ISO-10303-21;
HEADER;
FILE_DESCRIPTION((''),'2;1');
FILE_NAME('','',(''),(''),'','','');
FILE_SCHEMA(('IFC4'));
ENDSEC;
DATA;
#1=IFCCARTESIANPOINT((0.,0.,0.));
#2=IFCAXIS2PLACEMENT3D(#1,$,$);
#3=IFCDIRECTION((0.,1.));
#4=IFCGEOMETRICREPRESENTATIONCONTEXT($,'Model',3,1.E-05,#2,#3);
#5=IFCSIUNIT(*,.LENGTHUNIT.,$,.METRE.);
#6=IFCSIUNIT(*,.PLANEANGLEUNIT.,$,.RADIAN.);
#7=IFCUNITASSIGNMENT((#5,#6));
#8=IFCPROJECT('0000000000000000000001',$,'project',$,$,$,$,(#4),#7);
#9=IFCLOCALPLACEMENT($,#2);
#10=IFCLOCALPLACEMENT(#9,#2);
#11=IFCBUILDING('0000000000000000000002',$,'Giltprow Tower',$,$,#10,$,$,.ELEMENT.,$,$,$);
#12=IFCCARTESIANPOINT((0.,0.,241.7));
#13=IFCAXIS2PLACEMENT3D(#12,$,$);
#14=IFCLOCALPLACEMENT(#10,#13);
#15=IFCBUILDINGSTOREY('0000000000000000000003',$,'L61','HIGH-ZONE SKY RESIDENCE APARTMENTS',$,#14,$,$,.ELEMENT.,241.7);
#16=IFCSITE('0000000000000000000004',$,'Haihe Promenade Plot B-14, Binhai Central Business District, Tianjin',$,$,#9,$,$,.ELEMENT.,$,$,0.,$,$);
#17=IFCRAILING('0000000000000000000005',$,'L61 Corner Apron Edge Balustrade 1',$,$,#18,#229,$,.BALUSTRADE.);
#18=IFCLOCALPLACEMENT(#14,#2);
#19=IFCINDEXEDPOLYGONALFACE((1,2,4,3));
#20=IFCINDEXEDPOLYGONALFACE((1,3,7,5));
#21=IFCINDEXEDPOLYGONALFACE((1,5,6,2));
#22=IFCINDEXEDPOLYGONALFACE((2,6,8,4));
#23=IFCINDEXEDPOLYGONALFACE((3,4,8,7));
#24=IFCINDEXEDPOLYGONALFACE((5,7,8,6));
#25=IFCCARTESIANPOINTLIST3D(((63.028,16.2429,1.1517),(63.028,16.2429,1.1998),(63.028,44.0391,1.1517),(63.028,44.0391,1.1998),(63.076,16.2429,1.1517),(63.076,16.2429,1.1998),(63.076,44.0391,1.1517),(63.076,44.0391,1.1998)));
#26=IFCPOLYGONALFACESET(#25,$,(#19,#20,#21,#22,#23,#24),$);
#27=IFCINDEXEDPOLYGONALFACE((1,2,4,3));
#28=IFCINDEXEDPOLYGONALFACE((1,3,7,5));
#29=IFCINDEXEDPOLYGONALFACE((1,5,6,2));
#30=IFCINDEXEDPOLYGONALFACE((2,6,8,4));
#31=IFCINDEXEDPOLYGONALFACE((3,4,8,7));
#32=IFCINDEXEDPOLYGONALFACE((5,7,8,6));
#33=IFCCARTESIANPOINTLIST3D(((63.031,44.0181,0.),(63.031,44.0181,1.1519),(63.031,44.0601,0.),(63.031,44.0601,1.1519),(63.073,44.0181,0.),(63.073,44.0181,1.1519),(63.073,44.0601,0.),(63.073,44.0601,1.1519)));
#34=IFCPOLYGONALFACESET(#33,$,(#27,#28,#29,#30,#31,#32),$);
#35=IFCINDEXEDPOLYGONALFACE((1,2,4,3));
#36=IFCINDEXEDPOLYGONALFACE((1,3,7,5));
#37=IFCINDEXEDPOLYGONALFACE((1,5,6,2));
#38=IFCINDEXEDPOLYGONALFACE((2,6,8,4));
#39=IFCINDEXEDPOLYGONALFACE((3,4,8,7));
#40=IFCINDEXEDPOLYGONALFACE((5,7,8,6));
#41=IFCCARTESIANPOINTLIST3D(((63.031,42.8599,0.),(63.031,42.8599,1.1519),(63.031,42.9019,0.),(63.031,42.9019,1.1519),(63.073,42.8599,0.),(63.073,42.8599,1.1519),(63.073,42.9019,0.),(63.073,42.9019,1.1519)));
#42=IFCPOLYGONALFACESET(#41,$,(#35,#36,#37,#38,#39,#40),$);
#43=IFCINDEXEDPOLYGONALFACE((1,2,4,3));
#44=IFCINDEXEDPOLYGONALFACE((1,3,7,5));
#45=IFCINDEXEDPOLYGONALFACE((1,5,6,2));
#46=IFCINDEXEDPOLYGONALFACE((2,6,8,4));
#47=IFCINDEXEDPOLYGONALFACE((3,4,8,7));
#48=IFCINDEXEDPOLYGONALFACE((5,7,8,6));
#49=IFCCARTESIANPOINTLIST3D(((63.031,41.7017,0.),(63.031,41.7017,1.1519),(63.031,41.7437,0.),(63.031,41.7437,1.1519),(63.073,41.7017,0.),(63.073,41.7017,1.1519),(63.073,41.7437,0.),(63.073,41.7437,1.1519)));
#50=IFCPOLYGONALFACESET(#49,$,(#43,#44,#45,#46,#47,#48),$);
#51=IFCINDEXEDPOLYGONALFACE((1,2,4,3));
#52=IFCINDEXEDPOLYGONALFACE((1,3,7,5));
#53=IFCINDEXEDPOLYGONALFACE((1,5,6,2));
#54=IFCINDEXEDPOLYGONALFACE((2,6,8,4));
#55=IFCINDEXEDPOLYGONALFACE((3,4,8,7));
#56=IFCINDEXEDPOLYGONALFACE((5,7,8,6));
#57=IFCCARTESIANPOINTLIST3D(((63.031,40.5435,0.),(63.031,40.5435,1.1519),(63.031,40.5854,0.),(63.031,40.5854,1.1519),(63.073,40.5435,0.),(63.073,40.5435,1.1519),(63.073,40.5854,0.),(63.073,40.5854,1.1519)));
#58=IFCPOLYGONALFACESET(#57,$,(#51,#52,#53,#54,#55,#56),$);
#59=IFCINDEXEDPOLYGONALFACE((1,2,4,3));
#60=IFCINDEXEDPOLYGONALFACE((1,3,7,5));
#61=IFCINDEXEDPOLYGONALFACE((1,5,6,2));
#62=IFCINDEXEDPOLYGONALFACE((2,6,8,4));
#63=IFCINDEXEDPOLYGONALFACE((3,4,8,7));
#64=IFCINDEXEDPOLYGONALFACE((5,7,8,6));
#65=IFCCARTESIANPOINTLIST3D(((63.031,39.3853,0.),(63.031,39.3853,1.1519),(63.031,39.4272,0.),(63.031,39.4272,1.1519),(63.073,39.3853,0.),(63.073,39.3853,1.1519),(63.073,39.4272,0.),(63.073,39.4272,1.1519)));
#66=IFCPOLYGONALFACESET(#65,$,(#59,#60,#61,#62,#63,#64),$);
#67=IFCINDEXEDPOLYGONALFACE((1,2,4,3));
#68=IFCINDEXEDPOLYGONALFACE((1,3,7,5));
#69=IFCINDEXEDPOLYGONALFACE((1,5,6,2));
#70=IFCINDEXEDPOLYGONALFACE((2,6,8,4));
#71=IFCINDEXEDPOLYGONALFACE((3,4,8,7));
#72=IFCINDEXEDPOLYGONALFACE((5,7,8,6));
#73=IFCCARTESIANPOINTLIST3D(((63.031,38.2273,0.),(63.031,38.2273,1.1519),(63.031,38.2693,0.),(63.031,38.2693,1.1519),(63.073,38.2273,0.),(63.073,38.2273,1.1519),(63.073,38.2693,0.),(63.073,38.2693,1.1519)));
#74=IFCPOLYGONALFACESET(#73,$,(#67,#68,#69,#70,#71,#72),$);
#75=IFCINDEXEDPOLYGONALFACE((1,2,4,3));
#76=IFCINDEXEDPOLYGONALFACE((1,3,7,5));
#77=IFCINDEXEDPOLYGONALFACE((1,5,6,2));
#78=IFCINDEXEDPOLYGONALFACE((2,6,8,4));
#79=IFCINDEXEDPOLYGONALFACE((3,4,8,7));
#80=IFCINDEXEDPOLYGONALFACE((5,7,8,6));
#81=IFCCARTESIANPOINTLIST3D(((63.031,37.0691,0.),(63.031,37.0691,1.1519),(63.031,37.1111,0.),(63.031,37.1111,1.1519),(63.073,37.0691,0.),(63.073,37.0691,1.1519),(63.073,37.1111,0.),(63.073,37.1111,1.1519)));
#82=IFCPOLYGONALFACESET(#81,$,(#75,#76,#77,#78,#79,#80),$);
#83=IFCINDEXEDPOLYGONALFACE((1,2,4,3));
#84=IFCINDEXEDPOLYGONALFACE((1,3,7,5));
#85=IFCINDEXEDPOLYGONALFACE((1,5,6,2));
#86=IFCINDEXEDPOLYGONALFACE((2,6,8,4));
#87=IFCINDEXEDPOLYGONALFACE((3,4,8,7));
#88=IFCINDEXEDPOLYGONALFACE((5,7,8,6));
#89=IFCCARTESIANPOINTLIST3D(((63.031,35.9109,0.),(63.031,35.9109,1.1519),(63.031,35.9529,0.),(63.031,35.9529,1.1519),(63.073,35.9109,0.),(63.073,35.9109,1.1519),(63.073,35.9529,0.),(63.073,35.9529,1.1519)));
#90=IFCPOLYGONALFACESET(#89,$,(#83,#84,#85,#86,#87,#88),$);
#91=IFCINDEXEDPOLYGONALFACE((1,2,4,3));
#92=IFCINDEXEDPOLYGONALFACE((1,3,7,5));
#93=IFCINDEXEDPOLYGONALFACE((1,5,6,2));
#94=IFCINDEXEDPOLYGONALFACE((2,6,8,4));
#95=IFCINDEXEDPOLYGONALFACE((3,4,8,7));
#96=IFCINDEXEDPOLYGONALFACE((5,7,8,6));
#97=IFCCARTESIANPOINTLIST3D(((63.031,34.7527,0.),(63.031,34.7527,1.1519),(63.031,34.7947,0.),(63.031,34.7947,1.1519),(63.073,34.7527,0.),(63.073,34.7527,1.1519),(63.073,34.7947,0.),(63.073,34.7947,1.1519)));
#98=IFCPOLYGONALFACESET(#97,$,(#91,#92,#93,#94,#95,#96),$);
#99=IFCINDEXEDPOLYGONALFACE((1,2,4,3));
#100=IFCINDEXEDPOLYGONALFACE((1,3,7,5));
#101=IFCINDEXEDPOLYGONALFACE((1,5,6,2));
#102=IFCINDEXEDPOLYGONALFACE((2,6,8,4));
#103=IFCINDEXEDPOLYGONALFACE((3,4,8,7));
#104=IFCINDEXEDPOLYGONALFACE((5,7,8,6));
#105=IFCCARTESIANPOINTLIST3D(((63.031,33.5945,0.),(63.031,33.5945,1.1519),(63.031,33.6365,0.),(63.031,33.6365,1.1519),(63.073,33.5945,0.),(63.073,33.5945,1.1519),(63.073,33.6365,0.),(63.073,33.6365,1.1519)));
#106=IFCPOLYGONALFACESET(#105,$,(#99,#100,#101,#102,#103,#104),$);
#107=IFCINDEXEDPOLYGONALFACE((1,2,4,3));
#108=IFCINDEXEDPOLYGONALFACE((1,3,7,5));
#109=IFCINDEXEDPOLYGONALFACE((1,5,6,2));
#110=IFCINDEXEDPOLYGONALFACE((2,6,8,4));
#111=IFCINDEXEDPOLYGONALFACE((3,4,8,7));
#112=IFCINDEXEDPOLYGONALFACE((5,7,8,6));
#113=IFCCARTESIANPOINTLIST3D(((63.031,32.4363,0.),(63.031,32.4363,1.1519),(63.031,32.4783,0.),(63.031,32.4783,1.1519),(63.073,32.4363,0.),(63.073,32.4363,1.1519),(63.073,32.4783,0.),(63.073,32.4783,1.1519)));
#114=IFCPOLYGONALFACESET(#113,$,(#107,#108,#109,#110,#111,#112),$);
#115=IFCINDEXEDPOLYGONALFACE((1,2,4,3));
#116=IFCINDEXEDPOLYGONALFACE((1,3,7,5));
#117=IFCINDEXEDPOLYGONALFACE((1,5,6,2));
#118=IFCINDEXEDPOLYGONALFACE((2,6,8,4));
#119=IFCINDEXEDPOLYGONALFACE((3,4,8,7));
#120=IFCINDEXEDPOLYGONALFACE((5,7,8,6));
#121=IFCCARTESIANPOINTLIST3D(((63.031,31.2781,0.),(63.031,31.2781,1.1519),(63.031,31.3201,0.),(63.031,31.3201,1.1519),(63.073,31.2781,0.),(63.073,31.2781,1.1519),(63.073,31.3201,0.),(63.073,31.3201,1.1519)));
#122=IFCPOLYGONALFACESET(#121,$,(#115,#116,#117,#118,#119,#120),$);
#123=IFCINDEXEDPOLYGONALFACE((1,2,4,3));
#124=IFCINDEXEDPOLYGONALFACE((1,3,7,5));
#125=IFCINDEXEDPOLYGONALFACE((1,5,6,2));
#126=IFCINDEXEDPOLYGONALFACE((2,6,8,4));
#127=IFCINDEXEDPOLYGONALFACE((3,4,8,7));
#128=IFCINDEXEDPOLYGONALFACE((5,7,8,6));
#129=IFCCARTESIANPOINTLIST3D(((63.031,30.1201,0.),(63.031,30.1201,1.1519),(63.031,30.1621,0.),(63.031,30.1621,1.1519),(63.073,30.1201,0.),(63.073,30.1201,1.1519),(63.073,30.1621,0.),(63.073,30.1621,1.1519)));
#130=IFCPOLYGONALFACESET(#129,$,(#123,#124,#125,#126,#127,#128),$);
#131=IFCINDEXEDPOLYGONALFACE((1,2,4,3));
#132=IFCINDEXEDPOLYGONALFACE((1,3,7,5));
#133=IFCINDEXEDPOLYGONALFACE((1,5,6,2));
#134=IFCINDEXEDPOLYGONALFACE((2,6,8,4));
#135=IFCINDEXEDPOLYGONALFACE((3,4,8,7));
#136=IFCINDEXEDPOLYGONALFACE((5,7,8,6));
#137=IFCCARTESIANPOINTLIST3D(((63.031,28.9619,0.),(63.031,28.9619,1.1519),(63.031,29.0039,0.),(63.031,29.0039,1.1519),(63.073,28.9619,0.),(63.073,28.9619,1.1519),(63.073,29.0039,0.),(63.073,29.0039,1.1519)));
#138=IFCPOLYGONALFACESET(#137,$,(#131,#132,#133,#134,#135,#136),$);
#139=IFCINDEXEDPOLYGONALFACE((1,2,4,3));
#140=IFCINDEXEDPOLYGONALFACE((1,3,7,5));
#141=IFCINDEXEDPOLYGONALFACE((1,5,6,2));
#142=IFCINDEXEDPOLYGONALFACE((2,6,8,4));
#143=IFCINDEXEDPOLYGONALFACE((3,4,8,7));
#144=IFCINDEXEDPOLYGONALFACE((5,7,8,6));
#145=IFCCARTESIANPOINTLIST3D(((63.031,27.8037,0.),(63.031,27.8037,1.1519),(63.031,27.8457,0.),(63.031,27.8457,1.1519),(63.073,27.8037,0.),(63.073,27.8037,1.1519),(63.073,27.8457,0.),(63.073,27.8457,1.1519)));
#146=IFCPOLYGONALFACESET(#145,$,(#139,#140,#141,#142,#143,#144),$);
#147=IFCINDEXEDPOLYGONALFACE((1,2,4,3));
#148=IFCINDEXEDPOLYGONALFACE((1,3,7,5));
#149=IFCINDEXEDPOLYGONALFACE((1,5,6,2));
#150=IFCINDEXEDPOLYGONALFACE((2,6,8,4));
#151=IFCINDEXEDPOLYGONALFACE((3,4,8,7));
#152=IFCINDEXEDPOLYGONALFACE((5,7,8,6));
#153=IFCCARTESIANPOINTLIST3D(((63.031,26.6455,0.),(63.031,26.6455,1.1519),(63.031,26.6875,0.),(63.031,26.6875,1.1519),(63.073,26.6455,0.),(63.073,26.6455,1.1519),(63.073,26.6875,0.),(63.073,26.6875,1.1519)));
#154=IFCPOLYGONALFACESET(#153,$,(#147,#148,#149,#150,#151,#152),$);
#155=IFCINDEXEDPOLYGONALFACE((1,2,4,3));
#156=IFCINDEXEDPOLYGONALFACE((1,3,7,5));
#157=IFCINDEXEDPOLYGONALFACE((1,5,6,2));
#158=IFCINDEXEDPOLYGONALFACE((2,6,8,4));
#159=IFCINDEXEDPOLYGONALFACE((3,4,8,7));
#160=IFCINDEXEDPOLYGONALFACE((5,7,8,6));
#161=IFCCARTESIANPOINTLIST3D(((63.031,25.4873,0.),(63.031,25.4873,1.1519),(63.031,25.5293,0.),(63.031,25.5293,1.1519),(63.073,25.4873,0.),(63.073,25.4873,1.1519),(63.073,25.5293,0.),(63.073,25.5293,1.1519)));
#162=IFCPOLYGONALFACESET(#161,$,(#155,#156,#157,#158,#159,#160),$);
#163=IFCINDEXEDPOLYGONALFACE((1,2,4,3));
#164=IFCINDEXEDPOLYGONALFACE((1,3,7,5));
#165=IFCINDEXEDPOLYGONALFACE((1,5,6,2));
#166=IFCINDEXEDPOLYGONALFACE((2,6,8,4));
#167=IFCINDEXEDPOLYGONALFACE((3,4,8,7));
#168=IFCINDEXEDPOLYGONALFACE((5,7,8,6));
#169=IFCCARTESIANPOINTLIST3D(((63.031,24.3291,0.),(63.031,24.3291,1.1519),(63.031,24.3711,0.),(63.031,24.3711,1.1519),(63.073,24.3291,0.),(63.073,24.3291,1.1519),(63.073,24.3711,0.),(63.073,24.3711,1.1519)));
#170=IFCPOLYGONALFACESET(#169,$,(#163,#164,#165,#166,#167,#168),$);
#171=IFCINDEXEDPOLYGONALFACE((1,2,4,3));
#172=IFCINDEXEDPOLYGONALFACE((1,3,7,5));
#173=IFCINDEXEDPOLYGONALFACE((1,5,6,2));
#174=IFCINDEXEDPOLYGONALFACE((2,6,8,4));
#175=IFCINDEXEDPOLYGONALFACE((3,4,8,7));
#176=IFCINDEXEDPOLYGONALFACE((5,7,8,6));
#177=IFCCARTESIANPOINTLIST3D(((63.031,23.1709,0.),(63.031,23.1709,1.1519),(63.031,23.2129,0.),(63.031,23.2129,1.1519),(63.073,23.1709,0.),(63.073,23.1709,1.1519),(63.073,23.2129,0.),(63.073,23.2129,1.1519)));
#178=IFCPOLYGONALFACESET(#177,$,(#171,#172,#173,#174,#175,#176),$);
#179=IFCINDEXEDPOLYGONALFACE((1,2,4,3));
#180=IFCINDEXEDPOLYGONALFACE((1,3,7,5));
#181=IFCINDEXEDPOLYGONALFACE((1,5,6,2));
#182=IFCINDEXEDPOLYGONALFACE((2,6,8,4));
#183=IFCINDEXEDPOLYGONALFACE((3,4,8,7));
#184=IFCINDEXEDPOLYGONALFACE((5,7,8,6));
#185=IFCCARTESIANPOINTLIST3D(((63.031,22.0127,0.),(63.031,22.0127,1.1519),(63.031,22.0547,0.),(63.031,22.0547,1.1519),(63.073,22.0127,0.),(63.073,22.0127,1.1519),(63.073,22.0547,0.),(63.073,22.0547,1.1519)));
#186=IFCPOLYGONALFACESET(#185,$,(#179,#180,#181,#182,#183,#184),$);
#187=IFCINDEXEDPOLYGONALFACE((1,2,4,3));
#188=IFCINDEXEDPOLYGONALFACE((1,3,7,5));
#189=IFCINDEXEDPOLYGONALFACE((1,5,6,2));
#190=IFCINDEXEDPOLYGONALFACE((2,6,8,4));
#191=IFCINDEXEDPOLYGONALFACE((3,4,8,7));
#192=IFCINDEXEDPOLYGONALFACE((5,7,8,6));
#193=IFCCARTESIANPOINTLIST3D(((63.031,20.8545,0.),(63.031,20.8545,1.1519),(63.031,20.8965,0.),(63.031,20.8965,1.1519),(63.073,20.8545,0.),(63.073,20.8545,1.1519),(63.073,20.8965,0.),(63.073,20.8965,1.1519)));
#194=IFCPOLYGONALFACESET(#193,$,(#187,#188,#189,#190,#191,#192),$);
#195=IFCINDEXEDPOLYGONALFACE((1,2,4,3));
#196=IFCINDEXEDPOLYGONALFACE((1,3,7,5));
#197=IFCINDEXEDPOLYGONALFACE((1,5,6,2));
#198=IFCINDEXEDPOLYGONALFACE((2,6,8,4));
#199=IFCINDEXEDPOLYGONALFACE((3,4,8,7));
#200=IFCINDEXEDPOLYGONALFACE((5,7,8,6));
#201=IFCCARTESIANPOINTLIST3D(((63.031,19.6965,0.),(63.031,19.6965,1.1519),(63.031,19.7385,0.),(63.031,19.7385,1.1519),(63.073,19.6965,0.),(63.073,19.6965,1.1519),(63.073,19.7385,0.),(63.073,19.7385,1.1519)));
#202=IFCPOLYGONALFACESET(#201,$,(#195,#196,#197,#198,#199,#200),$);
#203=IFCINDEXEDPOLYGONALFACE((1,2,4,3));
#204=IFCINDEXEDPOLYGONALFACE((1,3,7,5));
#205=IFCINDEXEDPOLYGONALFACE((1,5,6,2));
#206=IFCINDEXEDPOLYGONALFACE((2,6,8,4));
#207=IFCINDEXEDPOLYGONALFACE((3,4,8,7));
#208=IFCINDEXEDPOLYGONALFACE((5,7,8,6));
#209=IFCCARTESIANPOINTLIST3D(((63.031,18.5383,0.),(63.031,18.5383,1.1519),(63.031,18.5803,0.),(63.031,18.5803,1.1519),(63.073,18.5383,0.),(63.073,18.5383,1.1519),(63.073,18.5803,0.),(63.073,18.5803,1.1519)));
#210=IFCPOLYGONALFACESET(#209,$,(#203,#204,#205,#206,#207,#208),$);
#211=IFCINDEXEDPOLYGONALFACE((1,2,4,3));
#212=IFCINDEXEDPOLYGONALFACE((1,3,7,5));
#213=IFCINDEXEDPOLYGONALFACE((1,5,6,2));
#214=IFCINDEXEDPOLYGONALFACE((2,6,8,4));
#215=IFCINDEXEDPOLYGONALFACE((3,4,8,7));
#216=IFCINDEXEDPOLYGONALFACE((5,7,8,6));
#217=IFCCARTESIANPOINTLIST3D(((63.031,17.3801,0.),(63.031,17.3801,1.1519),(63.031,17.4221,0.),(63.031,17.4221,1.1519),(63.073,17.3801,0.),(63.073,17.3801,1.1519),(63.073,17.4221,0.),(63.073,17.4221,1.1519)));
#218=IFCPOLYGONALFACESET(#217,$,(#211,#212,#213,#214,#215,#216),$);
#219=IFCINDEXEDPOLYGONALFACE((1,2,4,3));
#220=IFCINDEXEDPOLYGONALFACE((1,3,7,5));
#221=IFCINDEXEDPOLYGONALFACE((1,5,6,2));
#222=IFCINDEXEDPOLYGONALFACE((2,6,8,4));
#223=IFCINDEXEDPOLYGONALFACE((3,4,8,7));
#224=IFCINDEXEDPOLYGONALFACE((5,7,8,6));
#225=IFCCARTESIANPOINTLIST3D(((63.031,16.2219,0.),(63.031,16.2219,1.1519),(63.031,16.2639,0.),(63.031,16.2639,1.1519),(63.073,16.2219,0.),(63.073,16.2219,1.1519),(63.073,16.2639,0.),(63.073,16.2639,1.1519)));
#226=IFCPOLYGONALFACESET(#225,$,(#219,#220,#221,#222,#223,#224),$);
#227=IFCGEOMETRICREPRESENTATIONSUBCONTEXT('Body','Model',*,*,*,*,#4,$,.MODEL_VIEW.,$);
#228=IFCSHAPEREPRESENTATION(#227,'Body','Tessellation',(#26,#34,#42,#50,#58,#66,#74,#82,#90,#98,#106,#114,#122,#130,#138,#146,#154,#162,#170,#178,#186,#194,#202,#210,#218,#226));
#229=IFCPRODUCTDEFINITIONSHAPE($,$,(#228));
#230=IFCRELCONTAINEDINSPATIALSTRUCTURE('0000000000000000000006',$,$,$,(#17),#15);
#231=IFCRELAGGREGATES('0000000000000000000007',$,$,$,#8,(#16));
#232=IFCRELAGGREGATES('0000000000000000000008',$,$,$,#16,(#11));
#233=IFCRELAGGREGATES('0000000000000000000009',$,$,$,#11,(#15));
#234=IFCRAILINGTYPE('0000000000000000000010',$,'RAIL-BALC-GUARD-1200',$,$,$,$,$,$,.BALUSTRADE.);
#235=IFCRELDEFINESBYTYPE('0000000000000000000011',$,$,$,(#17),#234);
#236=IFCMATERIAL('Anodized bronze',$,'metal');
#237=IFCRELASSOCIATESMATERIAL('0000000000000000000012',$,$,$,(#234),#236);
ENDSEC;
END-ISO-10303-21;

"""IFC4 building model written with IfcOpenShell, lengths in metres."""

from ifc_helpers import new_model, si_unit, direction, frame, origin, origin_2d, place, context, subcontext, project, spatial, rectangle, extrude, material, type_object, element, save


model = new_model("IFC4")

# Units and contexts
model_context = context("Model", 3, precision=1e-05, world=origin(), true_north=direction((0.0, 1.0)))
body_context = subcontext(model_context, "Body", "Model", "MODEL_VIEW")
ifc_project = project(units=[si_unit("LENGTHUNIT", "METRE"), si_unit("PLANEANGLEUNIT", "RADIAN")], contexts=[model_context])

# Site, building, storey
site_placement = place(None, origin())
site = spatial("IfcSite", under=ifc_project, at=site_placement, Name="Haihe Promenade Plot B-14, Binhai Central Business District, Tianjin", CompositionType="ELEMENT", RefElevation=0.0)
building_placement = place(site_placement, origin())
building = spatial("IfcBuilding", under=site, at=building_placement, Name="Giltprow Tower", CompositionType="ELEMENT")
storey_placement = place(building_placement, frame((0.0, 0.0, 241.7)))
storey = spatial("IfcBuildingStorey", under=building, at=storey_placement, Name="L61", Description="HIGH-ZONE SKY RESIDENCE APARTMENTS", CompositionType="ELEMENT", Elevation=241.7)

# Railing
ifc_material_1 = material(Name="Anodized bronze", Category="metal")
railing_type_1 = type_object("IfcRailingType", Name="RAIL-BALC-GUARD-1200", PredefinedType="BALUSTRADE", material=ifc_material_1)
railing_1_placement = place(storey_placement, frame((63.052, 44.0391, 0.0)))
element("IfcRailing", 1, at=railing_1_placement, inside=storey, type_object=railing_type_1, Name="L61 Corner Apron Edge Balustrade 1", PredefinedType="BALUSTRADE", context=body_context, shape_type="SweptSolid", body=[
    extrude(rectangle(XDim=0.0481, YDim=0.0481, at=origin_2d()), frame((0.0, 0.0, 1.1758), z_axis=(0.0, -1.0, 0.0), x_axis=(1.0, 0.0, 0.0)), (0.0, 0.0, 1.0), 27.7961),
    extrude(rectangle(XDim=0.042, YDim=0.042, at=origin_2d()), origin(), (0.0, 0.0, 1.0), 1.1519),
    extrude(rectangle(XDim=0.042, YDim=0.042, at=origin_2d()), frame((0.0, -1.1582, 0.0)), (0.0, 0.0, 1.0), 1.1519),
    extrude(rectangle(XDim=0.042, YDim=0.042, at=origin_2d()), frame((0.0, -2.3164, 0.0)), (0.0, 0.0, 1.0), 1.1519),
    extrude(rectangle(XDim=0.042, YDim=0.042, at=origin_2d()), frame((0.0, -3.4746, 0.0)), (0.0, 0.0, 1.0), 1.1519),
    extrude(rectangle(XDim=0.042, YDim=0.042, at=origin_2d()), frame((0.0, -4.6328, 0.0)), (0.0, 0.0, 1.0), 1.1519),
    extrude(rectangle(XDim=0.042, YDim=0.042, at=origin_2d()), frame((0.0, -5.7908, 0.0)), (0.0, 0.0, 1.0), 1.1519),
    extrude(rectangle(XDim=0.042, YDim=0.042, at=origin_2d()), frame((0.0, -6.949, 0.0)), (0.0, 0.0, 1.0), 1.1519),
    extrude(rectangle(XDim=0.042, YDim=0.042, at=origin_2d()), frame((0.0, -8.1072, 0.0)), (0.0, 0.0, 1.0), 1.1519),
    extrude(rectangle(XDim=0.042, YDim=0.042, at=origin_2d()), frame((0.0, -9.2654, 0.0)), (0.0, 0.0, 1.0), 1.1519),
    extrude(rectangle(XDim=0.042, YDim=0.042, at=origin_2d()), frame((0.0, -10.4236, 0.0)), (0.0, 0.0, 1.0), 1.1519),
    extrude(rectangle(XDim=0.042, YDim=0.042, at=origin_2d()), frame((0.0, -11.5818, 0.0)), (0.0, 0.0, 1.0), 1.1519),
    extrude(rectangle(XDim=0.042, YDim=0.042, at=origin_2d()), frame((0.0, -12.74, 0.0)), (0.0, 0.0, 1.0), 1.1519),
    extrude(rectangle(XDim=0.042, YDim=0.042, at=origin_2d()), frame((0.0, -13.8979, 0.0)), (0.0, 0.0, 1.0), 1.1519),
    extrude(rectangle(XDim=0.042, YDim=0.042, at=origin_2d()), frame((0.0, -15.0562, 0.0)), (0.0, 0.0, 1.0), 1.1519),
    extrude(rectangle(XDim=0.042, YDim=0.042, at=origin_2d()), frame((0.0, -16.2144, 0.0)), (0.0, 0.0, 1.0), 1.1519),
    extrude(rectangle(XDim=0.042, YDim=0.042, at=origin_2d()), frame((0.0, -17.3726, 0.0)), (0.0, 0.0, 1.0), 1.1519),
    extrude(rectangle(XDim=0.042, YDim=0.042, at=origin_2d()), frame((0.0, -18.5308, 0.0)), (0.0, 0.0, 1.0), 1.1519),
    extrude(rectangle(XDim=0.042, YDim=0.042, at=origin_2d()), frame((0.0, -19.689, 0.0)), (0.0, 0.0, 1.0), 1.1519),
    extrude(rectangle(XDim=0.042, YDim=0.042, at=origin_2d()), frame((0.0, -20.8472, 0.0)), (0.0, 0.0, 1.0), 1.1519),
    extrude(rectangle(XDim=0.042, YDim=0.042, at=origin_2d()), frame((0.0, -22.0054, 0.0)), (0.0, 0.0, 1.0), 1.1519),
    extrude(rectangle(XDim=0.042, YDim=0.042, at=origin_2d()), frame((0.0, -23.1636, 0.0)), (0.0, 0.0, 1.0), 1.1519),
    extrude(rectangle(XDim=0.042, YDim=0.042, at=origin_2d()), frame((0.0, -24.3215, 0.0)), (0.0, 0.0, 1.0), 1.1519),
    extrude(rectangle(XDim=0.042, YDim=0.042, at=origin_2d()), frame((0.0, -25.4797, 0.0)), (0.0, 0.0, 1.0), 1.1519),
    extrude(rectangle(XDim=0.042, YDim=0.042, at=origin_2d()), frame((0.0, -26.6379, 0.0)), (0.0, 0.0, 1.0), 1.1519),
    extrude(rectangle(XDim=0.042, YDim=0.042, at=origin_2d()), frame((0.0, -27.7961, 0.0)), (0.0, 0.0, 1.0), 1.1519),
])

save(model, "model.ifc")
